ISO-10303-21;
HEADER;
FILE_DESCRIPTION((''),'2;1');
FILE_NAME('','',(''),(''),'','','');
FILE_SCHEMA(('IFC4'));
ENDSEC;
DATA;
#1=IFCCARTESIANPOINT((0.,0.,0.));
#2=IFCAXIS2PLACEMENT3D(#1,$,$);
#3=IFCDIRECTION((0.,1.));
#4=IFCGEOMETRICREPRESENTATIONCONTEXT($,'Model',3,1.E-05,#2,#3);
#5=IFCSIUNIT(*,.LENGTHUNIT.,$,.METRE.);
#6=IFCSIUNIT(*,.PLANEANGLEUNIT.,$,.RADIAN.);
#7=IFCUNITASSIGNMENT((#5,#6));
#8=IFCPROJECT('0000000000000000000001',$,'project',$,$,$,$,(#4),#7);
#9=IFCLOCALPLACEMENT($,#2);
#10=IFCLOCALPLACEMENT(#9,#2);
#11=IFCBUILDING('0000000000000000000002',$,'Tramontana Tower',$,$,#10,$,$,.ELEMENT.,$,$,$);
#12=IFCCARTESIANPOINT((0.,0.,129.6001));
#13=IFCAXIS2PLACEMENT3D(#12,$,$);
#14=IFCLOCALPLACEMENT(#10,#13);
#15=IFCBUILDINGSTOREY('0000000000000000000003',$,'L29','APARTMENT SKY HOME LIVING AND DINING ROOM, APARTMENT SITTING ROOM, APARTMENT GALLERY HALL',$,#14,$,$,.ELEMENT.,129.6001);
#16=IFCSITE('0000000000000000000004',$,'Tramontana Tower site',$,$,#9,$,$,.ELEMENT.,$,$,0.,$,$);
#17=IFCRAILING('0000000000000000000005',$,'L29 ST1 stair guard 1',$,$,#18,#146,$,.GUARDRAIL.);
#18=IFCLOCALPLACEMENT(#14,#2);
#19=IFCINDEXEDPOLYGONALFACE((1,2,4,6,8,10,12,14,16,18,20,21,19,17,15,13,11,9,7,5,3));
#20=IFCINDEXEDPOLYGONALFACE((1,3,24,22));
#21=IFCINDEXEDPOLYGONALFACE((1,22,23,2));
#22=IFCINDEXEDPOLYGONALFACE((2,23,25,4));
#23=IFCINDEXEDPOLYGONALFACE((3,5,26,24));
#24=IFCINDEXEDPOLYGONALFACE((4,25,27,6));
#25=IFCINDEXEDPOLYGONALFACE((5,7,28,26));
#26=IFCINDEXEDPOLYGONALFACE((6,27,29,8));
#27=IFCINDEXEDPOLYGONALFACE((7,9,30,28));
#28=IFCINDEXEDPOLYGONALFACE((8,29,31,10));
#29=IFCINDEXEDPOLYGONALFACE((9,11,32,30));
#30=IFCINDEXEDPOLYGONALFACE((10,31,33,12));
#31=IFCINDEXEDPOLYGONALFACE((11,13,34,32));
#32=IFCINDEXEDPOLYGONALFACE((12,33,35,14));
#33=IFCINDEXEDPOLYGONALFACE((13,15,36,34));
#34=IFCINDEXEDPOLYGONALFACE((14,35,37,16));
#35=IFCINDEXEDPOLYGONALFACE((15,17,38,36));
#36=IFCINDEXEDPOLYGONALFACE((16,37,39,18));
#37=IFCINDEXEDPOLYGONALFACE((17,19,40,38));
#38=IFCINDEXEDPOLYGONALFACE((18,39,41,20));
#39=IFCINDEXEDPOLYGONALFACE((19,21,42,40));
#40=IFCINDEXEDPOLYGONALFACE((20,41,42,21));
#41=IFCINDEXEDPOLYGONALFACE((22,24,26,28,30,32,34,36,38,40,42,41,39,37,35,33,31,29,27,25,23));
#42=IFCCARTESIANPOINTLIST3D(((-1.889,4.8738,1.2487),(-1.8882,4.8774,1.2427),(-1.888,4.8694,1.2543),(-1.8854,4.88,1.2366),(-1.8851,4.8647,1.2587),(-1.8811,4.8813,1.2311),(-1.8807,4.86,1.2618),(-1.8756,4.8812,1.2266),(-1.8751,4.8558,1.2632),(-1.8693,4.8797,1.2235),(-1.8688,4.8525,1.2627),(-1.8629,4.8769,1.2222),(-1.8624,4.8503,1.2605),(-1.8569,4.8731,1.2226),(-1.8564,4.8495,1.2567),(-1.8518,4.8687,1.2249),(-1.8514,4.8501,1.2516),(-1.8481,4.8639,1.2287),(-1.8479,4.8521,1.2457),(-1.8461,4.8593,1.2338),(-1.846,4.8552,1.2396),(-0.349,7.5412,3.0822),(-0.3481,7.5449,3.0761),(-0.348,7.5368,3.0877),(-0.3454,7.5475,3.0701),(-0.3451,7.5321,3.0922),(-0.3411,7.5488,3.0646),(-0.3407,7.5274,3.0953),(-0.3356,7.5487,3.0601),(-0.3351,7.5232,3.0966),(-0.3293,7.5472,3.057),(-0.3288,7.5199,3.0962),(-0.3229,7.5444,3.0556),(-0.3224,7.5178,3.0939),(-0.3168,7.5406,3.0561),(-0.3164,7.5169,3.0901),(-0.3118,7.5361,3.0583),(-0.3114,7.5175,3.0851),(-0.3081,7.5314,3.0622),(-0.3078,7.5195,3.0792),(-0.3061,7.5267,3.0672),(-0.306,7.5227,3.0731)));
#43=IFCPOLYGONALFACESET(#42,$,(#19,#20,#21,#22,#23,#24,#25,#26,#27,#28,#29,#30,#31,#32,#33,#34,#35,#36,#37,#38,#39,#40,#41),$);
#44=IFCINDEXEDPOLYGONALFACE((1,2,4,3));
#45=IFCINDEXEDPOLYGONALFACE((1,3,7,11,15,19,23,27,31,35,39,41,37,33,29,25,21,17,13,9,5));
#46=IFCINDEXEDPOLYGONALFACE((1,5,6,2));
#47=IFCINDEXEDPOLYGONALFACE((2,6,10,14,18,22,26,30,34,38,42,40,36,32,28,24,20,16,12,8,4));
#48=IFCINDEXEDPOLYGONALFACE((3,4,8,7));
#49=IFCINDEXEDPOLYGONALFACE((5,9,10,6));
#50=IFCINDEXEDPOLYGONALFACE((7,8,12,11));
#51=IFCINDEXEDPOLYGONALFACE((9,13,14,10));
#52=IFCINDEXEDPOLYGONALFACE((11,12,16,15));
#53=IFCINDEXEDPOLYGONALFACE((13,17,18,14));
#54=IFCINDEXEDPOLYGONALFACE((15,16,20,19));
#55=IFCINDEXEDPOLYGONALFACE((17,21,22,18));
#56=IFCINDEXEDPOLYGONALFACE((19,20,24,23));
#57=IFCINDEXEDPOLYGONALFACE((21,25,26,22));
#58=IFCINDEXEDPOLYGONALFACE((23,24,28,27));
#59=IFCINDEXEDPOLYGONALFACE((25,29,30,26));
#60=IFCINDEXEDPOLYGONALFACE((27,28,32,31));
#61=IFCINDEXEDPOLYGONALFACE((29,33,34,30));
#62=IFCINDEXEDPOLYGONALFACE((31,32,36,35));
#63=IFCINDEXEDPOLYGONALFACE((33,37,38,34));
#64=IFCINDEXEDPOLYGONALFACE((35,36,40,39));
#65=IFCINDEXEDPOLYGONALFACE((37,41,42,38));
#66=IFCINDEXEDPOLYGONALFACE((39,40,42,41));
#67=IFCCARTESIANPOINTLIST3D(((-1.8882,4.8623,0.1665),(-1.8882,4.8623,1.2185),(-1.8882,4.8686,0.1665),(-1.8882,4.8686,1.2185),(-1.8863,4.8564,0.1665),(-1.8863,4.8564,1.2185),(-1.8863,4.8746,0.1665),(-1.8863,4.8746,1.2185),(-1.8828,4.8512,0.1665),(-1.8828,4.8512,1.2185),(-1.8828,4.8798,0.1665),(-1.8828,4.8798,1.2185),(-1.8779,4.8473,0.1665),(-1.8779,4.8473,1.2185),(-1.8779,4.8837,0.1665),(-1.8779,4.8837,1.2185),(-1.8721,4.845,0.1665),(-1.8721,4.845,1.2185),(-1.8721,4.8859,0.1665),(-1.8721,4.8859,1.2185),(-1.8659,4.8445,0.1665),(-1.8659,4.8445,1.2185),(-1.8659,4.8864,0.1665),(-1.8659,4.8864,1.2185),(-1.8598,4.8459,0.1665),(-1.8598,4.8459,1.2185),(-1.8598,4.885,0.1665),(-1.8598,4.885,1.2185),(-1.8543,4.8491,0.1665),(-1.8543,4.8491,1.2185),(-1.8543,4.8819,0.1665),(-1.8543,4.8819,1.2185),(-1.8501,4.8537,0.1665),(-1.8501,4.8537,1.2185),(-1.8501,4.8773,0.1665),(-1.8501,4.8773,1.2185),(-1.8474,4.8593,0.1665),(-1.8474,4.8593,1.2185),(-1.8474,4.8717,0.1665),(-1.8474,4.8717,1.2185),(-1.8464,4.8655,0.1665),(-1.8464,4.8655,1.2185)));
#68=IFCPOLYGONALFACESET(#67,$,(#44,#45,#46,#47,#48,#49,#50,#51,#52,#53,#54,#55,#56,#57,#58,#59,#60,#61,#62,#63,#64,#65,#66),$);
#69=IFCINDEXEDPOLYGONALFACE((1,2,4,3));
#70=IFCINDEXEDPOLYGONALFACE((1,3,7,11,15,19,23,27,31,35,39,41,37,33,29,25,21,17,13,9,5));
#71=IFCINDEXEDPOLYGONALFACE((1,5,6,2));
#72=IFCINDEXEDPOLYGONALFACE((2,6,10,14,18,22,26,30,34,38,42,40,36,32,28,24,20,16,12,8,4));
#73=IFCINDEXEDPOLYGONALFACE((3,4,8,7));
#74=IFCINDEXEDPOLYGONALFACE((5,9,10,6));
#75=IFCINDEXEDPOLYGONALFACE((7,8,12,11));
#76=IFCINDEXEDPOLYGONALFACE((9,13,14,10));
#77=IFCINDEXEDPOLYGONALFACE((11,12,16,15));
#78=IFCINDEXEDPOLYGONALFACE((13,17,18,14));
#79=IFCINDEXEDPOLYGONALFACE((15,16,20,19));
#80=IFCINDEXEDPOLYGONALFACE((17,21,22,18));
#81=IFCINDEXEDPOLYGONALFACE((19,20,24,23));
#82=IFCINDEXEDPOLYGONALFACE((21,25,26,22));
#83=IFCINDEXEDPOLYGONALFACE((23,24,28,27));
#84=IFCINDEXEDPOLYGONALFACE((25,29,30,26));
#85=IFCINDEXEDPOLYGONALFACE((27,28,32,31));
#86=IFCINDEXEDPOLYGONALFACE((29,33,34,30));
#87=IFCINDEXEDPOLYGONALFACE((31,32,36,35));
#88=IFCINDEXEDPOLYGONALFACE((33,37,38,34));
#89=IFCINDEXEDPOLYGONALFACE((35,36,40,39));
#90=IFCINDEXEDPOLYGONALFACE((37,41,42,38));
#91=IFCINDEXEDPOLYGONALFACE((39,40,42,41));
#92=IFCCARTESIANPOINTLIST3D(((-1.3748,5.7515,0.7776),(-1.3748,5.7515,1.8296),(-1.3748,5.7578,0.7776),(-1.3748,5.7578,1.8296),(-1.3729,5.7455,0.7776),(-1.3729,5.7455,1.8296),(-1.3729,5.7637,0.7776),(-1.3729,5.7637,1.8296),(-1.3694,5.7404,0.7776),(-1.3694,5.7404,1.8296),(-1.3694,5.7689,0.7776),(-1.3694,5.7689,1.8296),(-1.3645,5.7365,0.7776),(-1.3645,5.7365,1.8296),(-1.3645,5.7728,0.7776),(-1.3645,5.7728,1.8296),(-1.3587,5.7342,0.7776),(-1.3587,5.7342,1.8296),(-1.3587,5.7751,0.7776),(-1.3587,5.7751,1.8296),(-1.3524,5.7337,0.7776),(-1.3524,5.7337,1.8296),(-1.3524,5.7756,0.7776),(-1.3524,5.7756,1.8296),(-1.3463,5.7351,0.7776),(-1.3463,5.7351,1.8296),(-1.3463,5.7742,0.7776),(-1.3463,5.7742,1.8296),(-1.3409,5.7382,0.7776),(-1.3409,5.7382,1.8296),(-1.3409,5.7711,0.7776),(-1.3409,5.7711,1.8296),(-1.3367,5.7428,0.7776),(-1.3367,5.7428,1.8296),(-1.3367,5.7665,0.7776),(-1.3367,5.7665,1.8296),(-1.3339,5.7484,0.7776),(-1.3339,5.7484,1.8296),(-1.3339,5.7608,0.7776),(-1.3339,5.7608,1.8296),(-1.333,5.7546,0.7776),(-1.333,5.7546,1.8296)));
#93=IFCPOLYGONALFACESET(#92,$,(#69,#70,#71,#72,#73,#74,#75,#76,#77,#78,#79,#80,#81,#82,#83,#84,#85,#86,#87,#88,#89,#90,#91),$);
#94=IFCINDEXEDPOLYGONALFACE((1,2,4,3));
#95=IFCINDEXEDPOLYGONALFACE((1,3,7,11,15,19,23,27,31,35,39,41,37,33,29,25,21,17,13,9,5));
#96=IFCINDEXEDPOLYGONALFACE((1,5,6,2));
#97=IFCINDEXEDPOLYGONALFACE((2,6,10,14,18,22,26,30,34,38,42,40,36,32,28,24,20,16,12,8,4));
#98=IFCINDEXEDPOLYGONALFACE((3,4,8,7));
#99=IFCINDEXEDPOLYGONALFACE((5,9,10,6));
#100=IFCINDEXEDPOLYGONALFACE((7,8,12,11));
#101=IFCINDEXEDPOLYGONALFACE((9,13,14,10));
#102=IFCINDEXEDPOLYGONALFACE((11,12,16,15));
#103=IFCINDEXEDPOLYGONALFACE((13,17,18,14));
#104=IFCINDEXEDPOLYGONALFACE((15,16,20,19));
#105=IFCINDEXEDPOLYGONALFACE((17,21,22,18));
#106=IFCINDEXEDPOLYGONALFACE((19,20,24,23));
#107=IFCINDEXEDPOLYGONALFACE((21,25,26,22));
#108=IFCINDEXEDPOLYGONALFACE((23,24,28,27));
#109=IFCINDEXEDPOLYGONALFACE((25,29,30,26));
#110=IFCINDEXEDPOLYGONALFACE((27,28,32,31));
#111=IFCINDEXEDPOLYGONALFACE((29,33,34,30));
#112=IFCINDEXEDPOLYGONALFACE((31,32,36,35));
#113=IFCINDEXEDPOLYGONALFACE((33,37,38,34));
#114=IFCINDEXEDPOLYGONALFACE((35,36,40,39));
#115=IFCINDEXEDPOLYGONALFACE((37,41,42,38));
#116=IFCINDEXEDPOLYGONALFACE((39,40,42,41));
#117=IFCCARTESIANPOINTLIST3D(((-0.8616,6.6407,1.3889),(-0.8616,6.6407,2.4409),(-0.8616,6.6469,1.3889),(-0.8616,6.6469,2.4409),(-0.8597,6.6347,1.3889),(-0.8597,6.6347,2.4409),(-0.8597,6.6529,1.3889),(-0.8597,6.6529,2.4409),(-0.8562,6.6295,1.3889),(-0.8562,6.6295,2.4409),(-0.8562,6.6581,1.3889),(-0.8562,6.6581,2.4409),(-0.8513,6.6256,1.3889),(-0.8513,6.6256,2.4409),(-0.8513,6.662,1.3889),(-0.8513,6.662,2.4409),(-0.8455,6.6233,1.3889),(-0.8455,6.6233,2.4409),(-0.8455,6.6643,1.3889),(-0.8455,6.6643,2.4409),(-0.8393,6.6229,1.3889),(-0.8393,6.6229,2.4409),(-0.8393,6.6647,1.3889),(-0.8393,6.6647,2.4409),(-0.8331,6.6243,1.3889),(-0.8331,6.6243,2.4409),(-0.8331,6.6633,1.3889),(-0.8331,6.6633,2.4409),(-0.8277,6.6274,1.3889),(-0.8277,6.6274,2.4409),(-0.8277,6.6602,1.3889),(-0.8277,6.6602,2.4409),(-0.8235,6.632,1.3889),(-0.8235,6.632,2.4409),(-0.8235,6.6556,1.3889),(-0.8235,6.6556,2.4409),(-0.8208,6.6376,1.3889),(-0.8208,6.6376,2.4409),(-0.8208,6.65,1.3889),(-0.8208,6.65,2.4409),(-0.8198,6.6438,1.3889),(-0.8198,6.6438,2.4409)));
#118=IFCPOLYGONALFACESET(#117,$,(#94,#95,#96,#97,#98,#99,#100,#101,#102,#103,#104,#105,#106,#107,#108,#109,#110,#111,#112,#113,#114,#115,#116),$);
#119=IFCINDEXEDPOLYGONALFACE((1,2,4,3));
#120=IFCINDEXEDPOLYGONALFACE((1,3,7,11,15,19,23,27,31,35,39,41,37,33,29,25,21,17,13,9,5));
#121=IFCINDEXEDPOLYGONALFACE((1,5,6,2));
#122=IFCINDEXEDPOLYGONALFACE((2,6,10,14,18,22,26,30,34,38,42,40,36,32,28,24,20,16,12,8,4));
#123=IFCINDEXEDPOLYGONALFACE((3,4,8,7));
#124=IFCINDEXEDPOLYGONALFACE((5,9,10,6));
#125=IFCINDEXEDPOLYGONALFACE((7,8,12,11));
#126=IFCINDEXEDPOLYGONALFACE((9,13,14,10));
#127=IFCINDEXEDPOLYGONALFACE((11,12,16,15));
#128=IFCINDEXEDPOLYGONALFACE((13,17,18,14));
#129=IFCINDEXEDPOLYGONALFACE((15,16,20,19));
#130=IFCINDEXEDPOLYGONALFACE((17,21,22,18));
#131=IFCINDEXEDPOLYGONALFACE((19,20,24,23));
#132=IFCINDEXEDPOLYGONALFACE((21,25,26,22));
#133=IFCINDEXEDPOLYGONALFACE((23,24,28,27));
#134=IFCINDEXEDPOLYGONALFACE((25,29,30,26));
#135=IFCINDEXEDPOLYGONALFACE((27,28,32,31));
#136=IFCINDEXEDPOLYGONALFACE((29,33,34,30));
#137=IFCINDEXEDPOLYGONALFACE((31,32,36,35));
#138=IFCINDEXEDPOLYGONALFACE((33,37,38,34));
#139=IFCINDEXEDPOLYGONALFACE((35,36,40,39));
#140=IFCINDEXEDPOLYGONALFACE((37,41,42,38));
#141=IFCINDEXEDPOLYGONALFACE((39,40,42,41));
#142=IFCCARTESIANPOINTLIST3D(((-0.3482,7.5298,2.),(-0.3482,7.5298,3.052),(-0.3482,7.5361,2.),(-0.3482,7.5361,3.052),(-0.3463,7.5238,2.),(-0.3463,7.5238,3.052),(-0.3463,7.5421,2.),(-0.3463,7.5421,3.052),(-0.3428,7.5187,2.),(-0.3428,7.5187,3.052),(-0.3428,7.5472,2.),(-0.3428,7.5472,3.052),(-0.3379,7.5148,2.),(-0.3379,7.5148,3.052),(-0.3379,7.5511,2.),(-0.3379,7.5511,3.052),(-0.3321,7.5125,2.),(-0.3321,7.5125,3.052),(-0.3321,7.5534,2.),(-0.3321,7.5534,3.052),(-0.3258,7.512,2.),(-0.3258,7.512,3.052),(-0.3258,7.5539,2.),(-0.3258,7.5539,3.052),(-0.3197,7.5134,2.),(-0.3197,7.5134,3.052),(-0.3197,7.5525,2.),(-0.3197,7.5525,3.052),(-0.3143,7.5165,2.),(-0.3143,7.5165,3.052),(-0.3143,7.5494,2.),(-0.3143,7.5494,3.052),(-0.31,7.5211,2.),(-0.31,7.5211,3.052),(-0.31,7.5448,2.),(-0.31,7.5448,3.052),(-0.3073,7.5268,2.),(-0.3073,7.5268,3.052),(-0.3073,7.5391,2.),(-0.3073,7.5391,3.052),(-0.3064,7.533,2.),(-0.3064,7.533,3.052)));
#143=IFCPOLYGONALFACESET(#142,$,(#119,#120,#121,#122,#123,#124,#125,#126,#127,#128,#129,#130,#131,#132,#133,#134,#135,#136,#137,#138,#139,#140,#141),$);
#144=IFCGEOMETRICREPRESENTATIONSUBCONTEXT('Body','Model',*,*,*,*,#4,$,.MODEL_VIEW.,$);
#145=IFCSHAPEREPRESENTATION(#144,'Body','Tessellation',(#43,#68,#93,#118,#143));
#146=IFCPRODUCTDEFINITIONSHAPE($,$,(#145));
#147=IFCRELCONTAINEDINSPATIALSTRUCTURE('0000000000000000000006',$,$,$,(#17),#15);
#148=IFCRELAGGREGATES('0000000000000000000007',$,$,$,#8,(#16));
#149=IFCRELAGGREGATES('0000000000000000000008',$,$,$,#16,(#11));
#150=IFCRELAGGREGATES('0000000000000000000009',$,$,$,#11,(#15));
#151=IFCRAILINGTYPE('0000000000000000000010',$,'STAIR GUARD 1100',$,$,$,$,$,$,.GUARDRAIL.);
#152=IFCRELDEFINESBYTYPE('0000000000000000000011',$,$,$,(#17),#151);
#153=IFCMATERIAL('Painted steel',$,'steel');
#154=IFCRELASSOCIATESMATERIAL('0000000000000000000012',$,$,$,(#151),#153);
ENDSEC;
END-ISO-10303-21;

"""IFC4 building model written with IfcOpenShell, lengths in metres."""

from ifc_helpers import new_model, si_unit, direction, frame, origin, origin_2d, place, context, subcontext, project, spatial, circle, extrude, material, type_object, element, save


model = new_model("IFC4")

# Units and contexts
model_context = context("Model", 3, precision=1e-05, world=origin(), true_north=direction((0.0, 1.0)))
body_context = subcontext(model_context, "Body", "Model", "MODEL_VIEW")
ifc_project = project(units=[si_unit("LENGTHUNIT", "METRE"), si_unit("PLANEANGLEUNIT", "RADIAN")], contexts=[model_context])

# Site, building, storey
site_placement = place(None, origin())
site = spatial("IfcSite", under=ifc_project, at=site_placement, Name="Tramontana Tower site", CompositionType="ELEMENT", RefElevation=0.0)
building_placement = place(site_placement, origin())
building = spatial("IfcBuilding", under=site, at=building_placement, Name="Tramontana Tower", CompositionType="ELEMENT")
storey_placement = place(building_placement, frame((0.0, 0.0, 129.6001)))
storey = spatial("IfcBuildingStorey", under=building, at=storey_placement, Name="L29", Description="APARTMENT SKY HOME LIVING AND DINING ROOM, APARTMENT SITTING ROOM, APARTMENT GALLERY HALL", CompositionType="ELEMENT", Elevation=129.6001)

# Railing
ifc_material_1 = material(Name="Painted steel", Category="steel")
railing_type_1 = type_object("IfcRailingType", Name="STAIR GUARD 1100", PredefinedType="GUARDRAIL", material=ifc_material_1)
railing_1_placement = place(storey_placement, frame((-1.8674, 4.8655, 0.1665)))
element("IfcRailing", 1, at=railing_1_placement, inside=storey, type_object=railing_type_1, Name="L29 ST1 stair guard 1", PredefinedType="GUARDRAIL", context=body_context, shape_type="SweptSolid", body=[
    extrude(circle(Radius=0.0239, at=origin_2d()), frame((0.0, 0.0, 1.0762), z_axis=(0.429634, 0.744164, 0.511502), x_axis=(-0.86603, 0.499992, 0.0)), (0.0, 0.0, 1.0), 3.5845),
    extrude(circle(Radius=0.021, at=origin_2d()), origin(), (0.0, 0.0, 1.0), 1.052),
    extrude(circle(Radius=0.021, at=origin_2d()), frame((0.5134, 0.8892, 0.6111)), (0.0, 0.0, 1.0), 1.052),
    extrude(circle(Radius=0.021, at=origin_2d()), frame((1.0266, 1.7783, 1.2224)), (0.0, 0.0, 1.0), 1.052),
    extrude(circle(Radius=0.021, at=origin_2d()), frame((1.54, 2.6675, 1.8335)), (0.0, 0.0, 1.0), 1.052),
])

save(model, "model.ifc")
